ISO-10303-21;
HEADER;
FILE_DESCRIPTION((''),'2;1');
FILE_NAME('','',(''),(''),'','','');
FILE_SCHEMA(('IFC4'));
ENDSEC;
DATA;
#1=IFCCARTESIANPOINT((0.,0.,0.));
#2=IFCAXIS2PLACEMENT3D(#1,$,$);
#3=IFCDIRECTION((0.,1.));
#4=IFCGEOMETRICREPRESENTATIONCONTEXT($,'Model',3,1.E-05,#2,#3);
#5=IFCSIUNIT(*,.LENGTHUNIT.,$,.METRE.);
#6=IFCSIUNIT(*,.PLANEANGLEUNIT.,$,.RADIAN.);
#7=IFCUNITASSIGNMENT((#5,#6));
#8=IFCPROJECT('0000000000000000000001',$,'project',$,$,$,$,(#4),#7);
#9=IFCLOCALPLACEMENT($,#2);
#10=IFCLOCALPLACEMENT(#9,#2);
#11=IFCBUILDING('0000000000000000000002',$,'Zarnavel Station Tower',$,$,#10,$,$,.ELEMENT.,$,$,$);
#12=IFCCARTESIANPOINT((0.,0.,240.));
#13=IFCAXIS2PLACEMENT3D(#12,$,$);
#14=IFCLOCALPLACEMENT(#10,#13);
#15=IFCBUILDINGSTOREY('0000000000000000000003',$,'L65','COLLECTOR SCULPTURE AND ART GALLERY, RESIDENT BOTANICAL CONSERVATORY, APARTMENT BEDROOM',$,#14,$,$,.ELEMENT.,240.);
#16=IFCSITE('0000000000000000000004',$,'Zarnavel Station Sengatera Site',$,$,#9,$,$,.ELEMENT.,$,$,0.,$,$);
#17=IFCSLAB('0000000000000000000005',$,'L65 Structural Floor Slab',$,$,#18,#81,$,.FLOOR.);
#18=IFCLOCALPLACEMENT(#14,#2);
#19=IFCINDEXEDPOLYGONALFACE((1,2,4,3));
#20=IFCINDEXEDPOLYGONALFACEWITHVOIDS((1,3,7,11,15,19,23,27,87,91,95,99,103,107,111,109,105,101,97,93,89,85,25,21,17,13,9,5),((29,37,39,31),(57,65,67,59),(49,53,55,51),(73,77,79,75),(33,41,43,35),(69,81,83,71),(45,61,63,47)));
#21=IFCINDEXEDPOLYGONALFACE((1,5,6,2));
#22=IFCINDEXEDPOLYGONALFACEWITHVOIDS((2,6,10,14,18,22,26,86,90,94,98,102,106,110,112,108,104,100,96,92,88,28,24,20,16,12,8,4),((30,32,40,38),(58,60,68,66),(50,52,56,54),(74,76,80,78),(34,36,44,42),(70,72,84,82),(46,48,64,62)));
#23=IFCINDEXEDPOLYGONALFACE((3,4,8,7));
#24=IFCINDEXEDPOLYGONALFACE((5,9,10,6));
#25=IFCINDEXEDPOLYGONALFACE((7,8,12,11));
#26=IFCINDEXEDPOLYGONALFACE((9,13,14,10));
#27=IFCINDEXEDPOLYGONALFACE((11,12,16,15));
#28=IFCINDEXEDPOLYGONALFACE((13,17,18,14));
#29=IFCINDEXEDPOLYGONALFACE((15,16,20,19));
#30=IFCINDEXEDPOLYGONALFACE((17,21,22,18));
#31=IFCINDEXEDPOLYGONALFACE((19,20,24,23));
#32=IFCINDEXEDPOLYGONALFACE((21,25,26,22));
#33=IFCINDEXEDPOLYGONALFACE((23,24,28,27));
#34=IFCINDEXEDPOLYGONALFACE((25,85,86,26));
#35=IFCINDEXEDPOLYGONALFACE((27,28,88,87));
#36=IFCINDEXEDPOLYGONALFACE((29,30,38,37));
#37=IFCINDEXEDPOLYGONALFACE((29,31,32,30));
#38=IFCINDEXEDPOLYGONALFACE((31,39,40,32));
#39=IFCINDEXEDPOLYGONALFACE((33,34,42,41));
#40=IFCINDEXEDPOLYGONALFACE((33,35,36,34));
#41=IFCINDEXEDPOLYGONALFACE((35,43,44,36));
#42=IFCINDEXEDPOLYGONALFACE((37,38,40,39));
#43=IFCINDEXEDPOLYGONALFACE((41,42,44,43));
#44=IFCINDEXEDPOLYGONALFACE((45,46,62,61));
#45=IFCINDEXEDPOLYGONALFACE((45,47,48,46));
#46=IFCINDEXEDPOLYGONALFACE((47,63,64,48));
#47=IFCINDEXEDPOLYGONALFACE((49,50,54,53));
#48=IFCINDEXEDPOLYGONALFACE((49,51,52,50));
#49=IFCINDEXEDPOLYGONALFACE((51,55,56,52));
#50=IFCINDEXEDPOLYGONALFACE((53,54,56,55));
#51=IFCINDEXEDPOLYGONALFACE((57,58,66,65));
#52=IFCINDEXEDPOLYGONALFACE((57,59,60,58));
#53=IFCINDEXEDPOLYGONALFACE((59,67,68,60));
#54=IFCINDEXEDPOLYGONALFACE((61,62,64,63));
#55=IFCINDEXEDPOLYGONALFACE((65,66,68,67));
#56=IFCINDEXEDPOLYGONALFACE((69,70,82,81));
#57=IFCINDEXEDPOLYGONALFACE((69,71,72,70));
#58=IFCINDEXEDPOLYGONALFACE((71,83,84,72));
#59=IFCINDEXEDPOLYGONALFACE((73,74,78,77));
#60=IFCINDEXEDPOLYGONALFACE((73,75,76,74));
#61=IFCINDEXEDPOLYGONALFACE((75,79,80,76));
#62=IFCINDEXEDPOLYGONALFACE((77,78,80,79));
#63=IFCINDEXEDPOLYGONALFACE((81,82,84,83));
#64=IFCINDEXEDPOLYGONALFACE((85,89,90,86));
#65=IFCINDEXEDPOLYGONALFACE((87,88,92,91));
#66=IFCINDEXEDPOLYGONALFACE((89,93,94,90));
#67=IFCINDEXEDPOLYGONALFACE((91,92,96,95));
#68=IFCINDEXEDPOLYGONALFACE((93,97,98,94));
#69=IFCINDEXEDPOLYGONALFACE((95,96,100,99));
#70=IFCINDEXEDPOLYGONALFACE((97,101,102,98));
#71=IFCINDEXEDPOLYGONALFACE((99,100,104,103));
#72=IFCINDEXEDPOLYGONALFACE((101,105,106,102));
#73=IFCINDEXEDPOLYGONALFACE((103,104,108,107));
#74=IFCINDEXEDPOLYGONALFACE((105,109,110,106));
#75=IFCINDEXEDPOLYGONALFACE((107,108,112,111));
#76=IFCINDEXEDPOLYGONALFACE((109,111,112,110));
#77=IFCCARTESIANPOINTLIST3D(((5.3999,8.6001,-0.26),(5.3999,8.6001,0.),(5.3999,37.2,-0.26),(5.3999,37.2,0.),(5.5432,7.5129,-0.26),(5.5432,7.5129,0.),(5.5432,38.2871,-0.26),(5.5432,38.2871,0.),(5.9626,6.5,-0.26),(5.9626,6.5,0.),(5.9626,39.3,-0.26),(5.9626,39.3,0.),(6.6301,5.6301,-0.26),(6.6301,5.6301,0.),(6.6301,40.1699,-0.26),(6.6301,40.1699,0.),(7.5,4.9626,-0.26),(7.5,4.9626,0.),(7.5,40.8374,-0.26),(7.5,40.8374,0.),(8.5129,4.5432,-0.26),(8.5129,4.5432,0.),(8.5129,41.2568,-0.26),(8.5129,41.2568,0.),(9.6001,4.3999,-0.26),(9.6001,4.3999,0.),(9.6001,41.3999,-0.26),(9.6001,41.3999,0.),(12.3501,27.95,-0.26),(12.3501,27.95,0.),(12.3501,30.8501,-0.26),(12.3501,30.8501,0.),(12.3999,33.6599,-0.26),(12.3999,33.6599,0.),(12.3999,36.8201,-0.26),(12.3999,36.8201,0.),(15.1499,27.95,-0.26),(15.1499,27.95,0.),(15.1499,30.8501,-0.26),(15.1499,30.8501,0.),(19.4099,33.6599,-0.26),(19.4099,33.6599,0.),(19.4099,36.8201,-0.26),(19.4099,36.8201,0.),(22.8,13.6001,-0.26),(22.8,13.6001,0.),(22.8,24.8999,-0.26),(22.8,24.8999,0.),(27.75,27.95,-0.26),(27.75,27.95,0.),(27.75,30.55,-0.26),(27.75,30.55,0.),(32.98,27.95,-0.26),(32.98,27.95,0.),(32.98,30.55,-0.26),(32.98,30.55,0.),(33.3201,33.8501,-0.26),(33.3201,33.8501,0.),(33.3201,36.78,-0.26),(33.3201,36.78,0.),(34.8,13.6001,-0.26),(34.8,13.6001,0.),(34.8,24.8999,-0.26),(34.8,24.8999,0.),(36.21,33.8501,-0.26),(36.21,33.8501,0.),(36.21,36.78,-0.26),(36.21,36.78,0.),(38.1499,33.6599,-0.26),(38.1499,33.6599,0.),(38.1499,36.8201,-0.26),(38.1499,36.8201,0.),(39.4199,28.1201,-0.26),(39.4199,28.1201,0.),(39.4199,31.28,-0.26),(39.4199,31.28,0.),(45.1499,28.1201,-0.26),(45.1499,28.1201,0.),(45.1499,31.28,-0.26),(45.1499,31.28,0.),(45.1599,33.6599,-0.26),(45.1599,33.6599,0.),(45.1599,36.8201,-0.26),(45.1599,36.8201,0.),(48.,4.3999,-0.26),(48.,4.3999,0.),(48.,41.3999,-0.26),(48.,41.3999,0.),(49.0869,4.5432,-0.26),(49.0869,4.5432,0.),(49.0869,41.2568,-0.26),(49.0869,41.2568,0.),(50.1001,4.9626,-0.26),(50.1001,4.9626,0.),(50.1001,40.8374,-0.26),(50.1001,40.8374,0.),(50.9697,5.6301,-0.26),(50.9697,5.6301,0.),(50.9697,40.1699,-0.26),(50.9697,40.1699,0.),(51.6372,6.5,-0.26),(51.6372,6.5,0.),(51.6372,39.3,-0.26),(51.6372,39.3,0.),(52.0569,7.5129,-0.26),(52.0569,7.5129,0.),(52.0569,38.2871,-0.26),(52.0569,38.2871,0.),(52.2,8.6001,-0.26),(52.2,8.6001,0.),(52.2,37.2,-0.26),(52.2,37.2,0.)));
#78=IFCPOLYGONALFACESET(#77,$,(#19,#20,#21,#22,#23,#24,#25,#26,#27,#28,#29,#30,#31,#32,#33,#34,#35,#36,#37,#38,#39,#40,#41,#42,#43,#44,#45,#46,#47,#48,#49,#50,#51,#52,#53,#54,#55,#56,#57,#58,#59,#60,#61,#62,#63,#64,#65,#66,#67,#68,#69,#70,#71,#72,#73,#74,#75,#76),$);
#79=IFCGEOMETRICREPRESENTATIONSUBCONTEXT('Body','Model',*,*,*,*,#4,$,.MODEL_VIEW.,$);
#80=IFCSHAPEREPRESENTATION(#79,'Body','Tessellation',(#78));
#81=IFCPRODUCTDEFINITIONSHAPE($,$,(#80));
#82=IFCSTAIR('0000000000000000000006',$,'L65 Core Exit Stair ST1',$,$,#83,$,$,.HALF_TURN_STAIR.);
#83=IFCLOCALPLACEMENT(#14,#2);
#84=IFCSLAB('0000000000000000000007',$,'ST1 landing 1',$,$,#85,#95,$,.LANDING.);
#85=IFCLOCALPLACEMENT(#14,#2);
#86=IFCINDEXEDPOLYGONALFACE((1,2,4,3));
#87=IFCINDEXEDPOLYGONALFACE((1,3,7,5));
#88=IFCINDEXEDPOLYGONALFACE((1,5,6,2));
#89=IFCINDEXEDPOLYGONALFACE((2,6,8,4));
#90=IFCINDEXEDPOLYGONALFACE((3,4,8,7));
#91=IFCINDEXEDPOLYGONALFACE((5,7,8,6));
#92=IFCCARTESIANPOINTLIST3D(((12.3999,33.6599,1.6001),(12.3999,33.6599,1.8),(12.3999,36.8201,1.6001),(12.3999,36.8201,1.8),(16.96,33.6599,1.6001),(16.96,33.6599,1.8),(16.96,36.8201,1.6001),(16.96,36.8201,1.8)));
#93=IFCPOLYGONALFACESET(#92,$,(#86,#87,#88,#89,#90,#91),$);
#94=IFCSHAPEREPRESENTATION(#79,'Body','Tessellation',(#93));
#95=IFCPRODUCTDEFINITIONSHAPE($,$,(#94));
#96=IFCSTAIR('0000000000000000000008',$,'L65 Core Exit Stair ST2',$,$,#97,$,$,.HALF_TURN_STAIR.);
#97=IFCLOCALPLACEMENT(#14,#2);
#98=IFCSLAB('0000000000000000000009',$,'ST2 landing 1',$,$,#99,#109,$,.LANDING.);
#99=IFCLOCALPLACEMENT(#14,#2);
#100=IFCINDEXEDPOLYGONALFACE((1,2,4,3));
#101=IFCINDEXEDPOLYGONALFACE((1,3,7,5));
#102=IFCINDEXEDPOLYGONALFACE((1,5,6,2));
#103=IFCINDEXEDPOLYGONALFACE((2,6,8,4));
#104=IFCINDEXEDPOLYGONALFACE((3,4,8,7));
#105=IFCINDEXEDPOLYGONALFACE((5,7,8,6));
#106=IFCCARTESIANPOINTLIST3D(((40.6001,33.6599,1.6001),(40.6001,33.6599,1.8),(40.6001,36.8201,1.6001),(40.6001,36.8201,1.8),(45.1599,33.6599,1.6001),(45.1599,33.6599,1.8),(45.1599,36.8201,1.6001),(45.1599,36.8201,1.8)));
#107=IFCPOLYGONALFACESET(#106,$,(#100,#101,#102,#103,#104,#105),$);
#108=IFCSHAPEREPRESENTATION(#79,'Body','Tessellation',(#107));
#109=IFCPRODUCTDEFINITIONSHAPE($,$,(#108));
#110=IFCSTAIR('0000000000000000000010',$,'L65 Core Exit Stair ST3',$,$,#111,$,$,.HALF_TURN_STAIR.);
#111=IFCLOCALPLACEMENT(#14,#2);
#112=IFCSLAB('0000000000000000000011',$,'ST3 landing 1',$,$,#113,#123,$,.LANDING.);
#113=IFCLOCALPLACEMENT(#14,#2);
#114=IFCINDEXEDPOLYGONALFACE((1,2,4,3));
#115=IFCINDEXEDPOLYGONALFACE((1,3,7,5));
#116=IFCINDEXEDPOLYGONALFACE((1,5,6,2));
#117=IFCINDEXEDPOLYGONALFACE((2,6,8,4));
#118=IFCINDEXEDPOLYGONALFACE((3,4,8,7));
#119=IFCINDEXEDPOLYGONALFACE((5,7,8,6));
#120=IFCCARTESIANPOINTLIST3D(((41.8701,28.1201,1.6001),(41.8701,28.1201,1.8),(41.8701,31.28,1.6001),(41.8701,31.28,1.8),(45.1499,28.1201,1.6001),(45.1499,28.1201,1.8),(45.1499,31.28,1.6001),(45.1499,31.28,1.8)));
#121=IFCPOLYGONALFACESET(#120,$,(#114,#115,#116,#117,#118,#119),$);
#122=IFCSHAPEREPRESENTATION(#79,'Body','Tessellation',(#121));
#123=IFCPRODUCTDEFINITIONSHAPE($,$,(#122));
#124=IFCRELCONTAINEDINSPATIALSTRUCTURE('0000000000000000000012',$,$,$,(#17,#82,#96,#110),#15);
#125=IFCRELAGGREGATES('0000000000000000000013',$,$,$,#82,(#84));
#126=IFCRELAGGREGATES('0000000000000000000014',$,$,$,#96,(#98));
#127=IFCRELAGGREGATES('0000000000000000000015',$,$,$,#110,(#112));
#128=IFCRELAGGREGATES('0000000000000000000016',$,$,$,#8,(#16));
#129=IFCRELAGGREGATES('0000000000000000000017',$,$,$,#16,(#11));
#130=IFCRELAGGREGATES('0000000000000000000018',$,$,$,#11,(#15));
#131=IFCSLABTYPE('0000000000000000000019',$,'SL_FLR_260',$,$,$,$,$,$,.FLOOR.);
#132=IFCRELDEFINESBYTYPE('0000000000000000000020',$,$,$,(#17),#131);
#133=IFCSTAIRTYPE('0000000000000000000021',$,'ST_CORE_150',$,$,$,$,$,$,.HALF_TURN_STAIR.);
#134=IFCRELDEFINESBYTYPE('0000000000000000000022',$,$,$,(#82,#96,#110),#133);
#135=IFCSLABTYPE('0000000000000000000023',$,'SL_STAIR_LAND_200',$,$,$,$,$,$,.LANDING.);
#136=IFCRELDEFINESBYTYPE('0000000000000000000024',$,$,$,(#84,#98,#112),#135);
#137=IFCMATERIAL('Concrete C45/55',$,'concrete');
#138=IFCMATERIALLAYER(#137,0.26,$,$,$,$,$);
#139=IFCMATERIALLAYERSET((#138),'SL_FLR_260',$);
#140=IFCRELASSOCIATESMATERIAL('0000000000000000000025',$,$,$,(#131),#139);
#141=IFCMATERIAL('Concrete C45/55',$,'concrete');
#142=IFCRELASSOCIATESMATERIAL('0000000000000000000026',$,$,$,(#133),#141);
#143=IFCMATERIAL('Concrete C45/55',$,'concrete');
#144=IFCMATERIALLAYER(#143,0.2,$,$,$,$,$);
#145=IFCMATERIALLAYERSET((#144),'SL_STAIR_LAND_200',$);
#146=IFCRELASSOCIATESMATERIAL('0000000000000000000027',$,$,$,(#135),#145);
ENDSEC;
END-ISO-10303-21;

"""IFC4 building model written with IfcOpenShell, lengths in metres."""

from ifc_helpers import new_model, si_unit, direction, frame, origin, place, context, subcontext, project, spatial, polyline, outline, extrude, material, layer, layer_set, type_object, element, aggregate, save


model = new_model("IFC4")

# Units and contexts
model_context = context("Model", 3, precision=1e-05, world=origin(), true_north=direction((0.0, 1.0)))
body_context = subcontext(model_context, "Body", "Model", "MODEL_VIEW")
ifc_project = project(units=[si_unit("LENGTHUNIT", "METRE"), si_unit("PLANEANGLEUNIT", "RADIAN")], contexts=[model_context])

# Site, building, storey
site_placement = place(None, origin())
site = spatial("IfcSite", under=ifc_project, at=site_placement, Name="Zarnavel Station Sengatera Site", CompositionType="ELEMENT", RefElevation=0.0)
building_placement = place(site_placement, origin())
building = spatial("IfcBuilding", under=site, at=building_placement, Name="Zarnavel Station Tower", CompositionType="ELEMENT")
storey_placement = place(building_placement, frame((0.0, 0.0, 240.0)))
storey = spatial("IfcBuildingStorey", under=building, at=storey_placement, Name="L65", Description="COLLECTOR SCULPTURE AND ART GALLERY, RESIDENT BOTANICAL CONSERVATORY, APARTMENT BEDROOM", CompositionType="ELEMENT", Elevation=240.0)

# Slab
ifc_material_1 = material(Name="Concrete C45/55", Category="concrete")
ifc_layer_1 = layer(ifc_material_1, 0.26)
ifc_layer_set_1 = layer_set([ifc_layer_1], Name="SL_FLR_260")
slab_type_1 = type_object("IfcSlabType", Name="SL_FLR_260", PredefinedType="FLOOR", material=ifc_layer_set_1)
slab_1_placement = place(storey_placement, frame((0.0, 0.0, -0.26)))
element("IfcSlab", 1, at=slab_1_placement, inside=storey, type_object=slab_type_1, Name="L65 Structural Floor Slab", PredefinedType="FLOOR", context=body_context, shape_type="SweptSolid", body=[
    extrude(outline(polyline([(48.0, 4.3999), (49.0869, 4.5432), (50.1001, 4.9626), (50.9697, 5.6301), (51.6372, 6.5), (52.0569, 7.5129), (52.2, 8.6001), (52.2, 37.2), (52.0569, 38.2871), (51.6372, 39.3), (50.9697, 40.1699), (50.1001, 40.8374), (49.0869, 41.2568), (48.0, 41.3999), (9.6001, 41.3999), (8.5129, 41.2568), (7.5, 40.8374), (6.6301, 40.1699), (5.9626, 39.3), (5.5432, 38.2871), (5.3999, 37.2), (5.3999, 8.6001), (5.5432, 7.5129), (5.9626, 6.5), (6.6301, 5.6301), (7.5, 4.9626), (8.5129, 4.5432), (9.6001, 4.3999), (48.0, 4.3999)]), holes=[polyline([(12.3999, 33.6599), (19.4099, 33.6599), (19.4099, 36.8201), (12.3999, 36.8201), (12.3999, 33.6599)]), polyline([(38.1499, 33.6599), (45.1599, 33.6599), (45.1599, 36.8201), (38.1499, 36.8201), (38.1499, 33.6599)]), polyline([(39.4199, 28.1201), (45.1499, 28.1201), (45.1499, 31.28), (39.4199, 31.28), (39.4199, 28.1201)]), polyline([(12.3501, 27.95), (15.1499, 27.95), (15.1499, 30.8501), (12.3501, 30.8501), (12.3501, 27.95)]), polyline([(33.3201, 33.8501), (36.21, 33.8501), (36.21, 36.78), (33.3201, 36.78), (33.3201, 33.8501)]), polyline([(27.75, 27.95), (32.98, 27.95), (32.98, 30.55), (27.75, 30.55), (27.75, 27.95)]), polyline([(22.8, 13.6001), (34.8, 13.6001), (34.8, 24.8999), (22.8, 24.8999), (22.8, 13.6001)])]), origin(), (0.0, 0.0, 1.0), 0.26),
])

# Stairs, slabs
ifc_material_2 = material(Name="Concrete C45/55", Category="concrete")
stair_type = type_object("IfcStairType", Name="ST_CORE_150", PredefinedType="HALF_TURN_STAIR", material=ifc_material_2)
stair_1_placement = place(storey_placement, origin())
stair_1 = element("IfcStair", 2, at=stair_1_placement, inside=storey, type_object=stair_type, Name="L65 Core Exit Stair ST1", PredefinedType="HALF_TURN_STAIR")
ifc_material_3 = material(Name="Concrete C45/55", Category="concrete")
ifc_layer_2 = layer(ifc_material_3, 0.2)
ifc_layer_set_2 = layer_set([ifc_layer_2], Name="SL_STAIR_LAND_200")
slab_type_2 = type_object("IfcSlabType", Name="SL_STAIR_LAND_200", PredefinedType="LANDING", material=ifc_layer_set_2)
slab_2_placement = place(storey_placement, frame((0.0, 0.0, 1.6001)))
slab_2 = element("IfcSlab", 3, at=slab_2_placement, type_object=slab_type_2, Name="ST1 landing 1", PredefinedType="LANDING", context=body_context, shape_type="SweptSolid", body=[
    extrude(outline(polyline([(16.96, 36.8201), (12.3999, 36.8201), (12.3999, 33.6599), (16.96, 33.6599), (16.96, 36.8201)])), origin(), (0.0, 0.0, 1.0), 0.2),
])
aggregate(stair_1, [slab_2])
stair_2_placement = place(storey_placement, origin())
stair_2 = element("IfcStair", 4, at=stair_2_placement, inside=storey, type_object=stair_type, Name="L65 Core Exit Stair ST2", PredefinedType="HALF_TURN_STAIR")
slab_3_placement = place(storey_placement, frame((0.0, 0.0, 1.6001)))
slab_3 = element("IfcSlab", 5, at=slab_3_placement, type_object=slab_type_2, Name="ST2 landing 1", PredefinedType="LANDING", context=body_context, shape_type="SweptSolid", body=[
    extrude(outline(polyline([(40.6001, 33.6599), (45.1599, 33.6599), (45.1599, 36.8201), (40.6001, 36.8201), (40.6001, 33.6599)])), origin(), (0.0, 0.0, 1.0), 0.2),
])
aggregate(stair_2, [slab_3])
stair_3_placement = place(storey_placement, origin())
stair_3 = element("IfcStair", 6, at=stair_3_placement, inside=storey, type_object=stair_type, Name="L65 Core Exit Stair ST3", PredefinedType="HALF_TURN_STAIR")
slab_4_placement = place(storey_placement, frame((0.0, 0.0, 1.6001)))
slab_4 = element("IfcSlab", 7, at=slab_4_placement, type_object=slab_type_2, Name="ST3 landing 1", PredefinedType="LANDING", context=body_context, shape_type="SweptSolid", body=[
    extrude(outline(polyline([(41.8701, 28.1201), (45.1499, 28.1201), (45.1499, 31.28), (41.8701, 31.28), (41.8701, 28.1201)])), origin(), (0.0, 0.0, 1.0), 0.2),
])
aggregate(stair_3, [slab_4])

save(model, "model.ifc")
